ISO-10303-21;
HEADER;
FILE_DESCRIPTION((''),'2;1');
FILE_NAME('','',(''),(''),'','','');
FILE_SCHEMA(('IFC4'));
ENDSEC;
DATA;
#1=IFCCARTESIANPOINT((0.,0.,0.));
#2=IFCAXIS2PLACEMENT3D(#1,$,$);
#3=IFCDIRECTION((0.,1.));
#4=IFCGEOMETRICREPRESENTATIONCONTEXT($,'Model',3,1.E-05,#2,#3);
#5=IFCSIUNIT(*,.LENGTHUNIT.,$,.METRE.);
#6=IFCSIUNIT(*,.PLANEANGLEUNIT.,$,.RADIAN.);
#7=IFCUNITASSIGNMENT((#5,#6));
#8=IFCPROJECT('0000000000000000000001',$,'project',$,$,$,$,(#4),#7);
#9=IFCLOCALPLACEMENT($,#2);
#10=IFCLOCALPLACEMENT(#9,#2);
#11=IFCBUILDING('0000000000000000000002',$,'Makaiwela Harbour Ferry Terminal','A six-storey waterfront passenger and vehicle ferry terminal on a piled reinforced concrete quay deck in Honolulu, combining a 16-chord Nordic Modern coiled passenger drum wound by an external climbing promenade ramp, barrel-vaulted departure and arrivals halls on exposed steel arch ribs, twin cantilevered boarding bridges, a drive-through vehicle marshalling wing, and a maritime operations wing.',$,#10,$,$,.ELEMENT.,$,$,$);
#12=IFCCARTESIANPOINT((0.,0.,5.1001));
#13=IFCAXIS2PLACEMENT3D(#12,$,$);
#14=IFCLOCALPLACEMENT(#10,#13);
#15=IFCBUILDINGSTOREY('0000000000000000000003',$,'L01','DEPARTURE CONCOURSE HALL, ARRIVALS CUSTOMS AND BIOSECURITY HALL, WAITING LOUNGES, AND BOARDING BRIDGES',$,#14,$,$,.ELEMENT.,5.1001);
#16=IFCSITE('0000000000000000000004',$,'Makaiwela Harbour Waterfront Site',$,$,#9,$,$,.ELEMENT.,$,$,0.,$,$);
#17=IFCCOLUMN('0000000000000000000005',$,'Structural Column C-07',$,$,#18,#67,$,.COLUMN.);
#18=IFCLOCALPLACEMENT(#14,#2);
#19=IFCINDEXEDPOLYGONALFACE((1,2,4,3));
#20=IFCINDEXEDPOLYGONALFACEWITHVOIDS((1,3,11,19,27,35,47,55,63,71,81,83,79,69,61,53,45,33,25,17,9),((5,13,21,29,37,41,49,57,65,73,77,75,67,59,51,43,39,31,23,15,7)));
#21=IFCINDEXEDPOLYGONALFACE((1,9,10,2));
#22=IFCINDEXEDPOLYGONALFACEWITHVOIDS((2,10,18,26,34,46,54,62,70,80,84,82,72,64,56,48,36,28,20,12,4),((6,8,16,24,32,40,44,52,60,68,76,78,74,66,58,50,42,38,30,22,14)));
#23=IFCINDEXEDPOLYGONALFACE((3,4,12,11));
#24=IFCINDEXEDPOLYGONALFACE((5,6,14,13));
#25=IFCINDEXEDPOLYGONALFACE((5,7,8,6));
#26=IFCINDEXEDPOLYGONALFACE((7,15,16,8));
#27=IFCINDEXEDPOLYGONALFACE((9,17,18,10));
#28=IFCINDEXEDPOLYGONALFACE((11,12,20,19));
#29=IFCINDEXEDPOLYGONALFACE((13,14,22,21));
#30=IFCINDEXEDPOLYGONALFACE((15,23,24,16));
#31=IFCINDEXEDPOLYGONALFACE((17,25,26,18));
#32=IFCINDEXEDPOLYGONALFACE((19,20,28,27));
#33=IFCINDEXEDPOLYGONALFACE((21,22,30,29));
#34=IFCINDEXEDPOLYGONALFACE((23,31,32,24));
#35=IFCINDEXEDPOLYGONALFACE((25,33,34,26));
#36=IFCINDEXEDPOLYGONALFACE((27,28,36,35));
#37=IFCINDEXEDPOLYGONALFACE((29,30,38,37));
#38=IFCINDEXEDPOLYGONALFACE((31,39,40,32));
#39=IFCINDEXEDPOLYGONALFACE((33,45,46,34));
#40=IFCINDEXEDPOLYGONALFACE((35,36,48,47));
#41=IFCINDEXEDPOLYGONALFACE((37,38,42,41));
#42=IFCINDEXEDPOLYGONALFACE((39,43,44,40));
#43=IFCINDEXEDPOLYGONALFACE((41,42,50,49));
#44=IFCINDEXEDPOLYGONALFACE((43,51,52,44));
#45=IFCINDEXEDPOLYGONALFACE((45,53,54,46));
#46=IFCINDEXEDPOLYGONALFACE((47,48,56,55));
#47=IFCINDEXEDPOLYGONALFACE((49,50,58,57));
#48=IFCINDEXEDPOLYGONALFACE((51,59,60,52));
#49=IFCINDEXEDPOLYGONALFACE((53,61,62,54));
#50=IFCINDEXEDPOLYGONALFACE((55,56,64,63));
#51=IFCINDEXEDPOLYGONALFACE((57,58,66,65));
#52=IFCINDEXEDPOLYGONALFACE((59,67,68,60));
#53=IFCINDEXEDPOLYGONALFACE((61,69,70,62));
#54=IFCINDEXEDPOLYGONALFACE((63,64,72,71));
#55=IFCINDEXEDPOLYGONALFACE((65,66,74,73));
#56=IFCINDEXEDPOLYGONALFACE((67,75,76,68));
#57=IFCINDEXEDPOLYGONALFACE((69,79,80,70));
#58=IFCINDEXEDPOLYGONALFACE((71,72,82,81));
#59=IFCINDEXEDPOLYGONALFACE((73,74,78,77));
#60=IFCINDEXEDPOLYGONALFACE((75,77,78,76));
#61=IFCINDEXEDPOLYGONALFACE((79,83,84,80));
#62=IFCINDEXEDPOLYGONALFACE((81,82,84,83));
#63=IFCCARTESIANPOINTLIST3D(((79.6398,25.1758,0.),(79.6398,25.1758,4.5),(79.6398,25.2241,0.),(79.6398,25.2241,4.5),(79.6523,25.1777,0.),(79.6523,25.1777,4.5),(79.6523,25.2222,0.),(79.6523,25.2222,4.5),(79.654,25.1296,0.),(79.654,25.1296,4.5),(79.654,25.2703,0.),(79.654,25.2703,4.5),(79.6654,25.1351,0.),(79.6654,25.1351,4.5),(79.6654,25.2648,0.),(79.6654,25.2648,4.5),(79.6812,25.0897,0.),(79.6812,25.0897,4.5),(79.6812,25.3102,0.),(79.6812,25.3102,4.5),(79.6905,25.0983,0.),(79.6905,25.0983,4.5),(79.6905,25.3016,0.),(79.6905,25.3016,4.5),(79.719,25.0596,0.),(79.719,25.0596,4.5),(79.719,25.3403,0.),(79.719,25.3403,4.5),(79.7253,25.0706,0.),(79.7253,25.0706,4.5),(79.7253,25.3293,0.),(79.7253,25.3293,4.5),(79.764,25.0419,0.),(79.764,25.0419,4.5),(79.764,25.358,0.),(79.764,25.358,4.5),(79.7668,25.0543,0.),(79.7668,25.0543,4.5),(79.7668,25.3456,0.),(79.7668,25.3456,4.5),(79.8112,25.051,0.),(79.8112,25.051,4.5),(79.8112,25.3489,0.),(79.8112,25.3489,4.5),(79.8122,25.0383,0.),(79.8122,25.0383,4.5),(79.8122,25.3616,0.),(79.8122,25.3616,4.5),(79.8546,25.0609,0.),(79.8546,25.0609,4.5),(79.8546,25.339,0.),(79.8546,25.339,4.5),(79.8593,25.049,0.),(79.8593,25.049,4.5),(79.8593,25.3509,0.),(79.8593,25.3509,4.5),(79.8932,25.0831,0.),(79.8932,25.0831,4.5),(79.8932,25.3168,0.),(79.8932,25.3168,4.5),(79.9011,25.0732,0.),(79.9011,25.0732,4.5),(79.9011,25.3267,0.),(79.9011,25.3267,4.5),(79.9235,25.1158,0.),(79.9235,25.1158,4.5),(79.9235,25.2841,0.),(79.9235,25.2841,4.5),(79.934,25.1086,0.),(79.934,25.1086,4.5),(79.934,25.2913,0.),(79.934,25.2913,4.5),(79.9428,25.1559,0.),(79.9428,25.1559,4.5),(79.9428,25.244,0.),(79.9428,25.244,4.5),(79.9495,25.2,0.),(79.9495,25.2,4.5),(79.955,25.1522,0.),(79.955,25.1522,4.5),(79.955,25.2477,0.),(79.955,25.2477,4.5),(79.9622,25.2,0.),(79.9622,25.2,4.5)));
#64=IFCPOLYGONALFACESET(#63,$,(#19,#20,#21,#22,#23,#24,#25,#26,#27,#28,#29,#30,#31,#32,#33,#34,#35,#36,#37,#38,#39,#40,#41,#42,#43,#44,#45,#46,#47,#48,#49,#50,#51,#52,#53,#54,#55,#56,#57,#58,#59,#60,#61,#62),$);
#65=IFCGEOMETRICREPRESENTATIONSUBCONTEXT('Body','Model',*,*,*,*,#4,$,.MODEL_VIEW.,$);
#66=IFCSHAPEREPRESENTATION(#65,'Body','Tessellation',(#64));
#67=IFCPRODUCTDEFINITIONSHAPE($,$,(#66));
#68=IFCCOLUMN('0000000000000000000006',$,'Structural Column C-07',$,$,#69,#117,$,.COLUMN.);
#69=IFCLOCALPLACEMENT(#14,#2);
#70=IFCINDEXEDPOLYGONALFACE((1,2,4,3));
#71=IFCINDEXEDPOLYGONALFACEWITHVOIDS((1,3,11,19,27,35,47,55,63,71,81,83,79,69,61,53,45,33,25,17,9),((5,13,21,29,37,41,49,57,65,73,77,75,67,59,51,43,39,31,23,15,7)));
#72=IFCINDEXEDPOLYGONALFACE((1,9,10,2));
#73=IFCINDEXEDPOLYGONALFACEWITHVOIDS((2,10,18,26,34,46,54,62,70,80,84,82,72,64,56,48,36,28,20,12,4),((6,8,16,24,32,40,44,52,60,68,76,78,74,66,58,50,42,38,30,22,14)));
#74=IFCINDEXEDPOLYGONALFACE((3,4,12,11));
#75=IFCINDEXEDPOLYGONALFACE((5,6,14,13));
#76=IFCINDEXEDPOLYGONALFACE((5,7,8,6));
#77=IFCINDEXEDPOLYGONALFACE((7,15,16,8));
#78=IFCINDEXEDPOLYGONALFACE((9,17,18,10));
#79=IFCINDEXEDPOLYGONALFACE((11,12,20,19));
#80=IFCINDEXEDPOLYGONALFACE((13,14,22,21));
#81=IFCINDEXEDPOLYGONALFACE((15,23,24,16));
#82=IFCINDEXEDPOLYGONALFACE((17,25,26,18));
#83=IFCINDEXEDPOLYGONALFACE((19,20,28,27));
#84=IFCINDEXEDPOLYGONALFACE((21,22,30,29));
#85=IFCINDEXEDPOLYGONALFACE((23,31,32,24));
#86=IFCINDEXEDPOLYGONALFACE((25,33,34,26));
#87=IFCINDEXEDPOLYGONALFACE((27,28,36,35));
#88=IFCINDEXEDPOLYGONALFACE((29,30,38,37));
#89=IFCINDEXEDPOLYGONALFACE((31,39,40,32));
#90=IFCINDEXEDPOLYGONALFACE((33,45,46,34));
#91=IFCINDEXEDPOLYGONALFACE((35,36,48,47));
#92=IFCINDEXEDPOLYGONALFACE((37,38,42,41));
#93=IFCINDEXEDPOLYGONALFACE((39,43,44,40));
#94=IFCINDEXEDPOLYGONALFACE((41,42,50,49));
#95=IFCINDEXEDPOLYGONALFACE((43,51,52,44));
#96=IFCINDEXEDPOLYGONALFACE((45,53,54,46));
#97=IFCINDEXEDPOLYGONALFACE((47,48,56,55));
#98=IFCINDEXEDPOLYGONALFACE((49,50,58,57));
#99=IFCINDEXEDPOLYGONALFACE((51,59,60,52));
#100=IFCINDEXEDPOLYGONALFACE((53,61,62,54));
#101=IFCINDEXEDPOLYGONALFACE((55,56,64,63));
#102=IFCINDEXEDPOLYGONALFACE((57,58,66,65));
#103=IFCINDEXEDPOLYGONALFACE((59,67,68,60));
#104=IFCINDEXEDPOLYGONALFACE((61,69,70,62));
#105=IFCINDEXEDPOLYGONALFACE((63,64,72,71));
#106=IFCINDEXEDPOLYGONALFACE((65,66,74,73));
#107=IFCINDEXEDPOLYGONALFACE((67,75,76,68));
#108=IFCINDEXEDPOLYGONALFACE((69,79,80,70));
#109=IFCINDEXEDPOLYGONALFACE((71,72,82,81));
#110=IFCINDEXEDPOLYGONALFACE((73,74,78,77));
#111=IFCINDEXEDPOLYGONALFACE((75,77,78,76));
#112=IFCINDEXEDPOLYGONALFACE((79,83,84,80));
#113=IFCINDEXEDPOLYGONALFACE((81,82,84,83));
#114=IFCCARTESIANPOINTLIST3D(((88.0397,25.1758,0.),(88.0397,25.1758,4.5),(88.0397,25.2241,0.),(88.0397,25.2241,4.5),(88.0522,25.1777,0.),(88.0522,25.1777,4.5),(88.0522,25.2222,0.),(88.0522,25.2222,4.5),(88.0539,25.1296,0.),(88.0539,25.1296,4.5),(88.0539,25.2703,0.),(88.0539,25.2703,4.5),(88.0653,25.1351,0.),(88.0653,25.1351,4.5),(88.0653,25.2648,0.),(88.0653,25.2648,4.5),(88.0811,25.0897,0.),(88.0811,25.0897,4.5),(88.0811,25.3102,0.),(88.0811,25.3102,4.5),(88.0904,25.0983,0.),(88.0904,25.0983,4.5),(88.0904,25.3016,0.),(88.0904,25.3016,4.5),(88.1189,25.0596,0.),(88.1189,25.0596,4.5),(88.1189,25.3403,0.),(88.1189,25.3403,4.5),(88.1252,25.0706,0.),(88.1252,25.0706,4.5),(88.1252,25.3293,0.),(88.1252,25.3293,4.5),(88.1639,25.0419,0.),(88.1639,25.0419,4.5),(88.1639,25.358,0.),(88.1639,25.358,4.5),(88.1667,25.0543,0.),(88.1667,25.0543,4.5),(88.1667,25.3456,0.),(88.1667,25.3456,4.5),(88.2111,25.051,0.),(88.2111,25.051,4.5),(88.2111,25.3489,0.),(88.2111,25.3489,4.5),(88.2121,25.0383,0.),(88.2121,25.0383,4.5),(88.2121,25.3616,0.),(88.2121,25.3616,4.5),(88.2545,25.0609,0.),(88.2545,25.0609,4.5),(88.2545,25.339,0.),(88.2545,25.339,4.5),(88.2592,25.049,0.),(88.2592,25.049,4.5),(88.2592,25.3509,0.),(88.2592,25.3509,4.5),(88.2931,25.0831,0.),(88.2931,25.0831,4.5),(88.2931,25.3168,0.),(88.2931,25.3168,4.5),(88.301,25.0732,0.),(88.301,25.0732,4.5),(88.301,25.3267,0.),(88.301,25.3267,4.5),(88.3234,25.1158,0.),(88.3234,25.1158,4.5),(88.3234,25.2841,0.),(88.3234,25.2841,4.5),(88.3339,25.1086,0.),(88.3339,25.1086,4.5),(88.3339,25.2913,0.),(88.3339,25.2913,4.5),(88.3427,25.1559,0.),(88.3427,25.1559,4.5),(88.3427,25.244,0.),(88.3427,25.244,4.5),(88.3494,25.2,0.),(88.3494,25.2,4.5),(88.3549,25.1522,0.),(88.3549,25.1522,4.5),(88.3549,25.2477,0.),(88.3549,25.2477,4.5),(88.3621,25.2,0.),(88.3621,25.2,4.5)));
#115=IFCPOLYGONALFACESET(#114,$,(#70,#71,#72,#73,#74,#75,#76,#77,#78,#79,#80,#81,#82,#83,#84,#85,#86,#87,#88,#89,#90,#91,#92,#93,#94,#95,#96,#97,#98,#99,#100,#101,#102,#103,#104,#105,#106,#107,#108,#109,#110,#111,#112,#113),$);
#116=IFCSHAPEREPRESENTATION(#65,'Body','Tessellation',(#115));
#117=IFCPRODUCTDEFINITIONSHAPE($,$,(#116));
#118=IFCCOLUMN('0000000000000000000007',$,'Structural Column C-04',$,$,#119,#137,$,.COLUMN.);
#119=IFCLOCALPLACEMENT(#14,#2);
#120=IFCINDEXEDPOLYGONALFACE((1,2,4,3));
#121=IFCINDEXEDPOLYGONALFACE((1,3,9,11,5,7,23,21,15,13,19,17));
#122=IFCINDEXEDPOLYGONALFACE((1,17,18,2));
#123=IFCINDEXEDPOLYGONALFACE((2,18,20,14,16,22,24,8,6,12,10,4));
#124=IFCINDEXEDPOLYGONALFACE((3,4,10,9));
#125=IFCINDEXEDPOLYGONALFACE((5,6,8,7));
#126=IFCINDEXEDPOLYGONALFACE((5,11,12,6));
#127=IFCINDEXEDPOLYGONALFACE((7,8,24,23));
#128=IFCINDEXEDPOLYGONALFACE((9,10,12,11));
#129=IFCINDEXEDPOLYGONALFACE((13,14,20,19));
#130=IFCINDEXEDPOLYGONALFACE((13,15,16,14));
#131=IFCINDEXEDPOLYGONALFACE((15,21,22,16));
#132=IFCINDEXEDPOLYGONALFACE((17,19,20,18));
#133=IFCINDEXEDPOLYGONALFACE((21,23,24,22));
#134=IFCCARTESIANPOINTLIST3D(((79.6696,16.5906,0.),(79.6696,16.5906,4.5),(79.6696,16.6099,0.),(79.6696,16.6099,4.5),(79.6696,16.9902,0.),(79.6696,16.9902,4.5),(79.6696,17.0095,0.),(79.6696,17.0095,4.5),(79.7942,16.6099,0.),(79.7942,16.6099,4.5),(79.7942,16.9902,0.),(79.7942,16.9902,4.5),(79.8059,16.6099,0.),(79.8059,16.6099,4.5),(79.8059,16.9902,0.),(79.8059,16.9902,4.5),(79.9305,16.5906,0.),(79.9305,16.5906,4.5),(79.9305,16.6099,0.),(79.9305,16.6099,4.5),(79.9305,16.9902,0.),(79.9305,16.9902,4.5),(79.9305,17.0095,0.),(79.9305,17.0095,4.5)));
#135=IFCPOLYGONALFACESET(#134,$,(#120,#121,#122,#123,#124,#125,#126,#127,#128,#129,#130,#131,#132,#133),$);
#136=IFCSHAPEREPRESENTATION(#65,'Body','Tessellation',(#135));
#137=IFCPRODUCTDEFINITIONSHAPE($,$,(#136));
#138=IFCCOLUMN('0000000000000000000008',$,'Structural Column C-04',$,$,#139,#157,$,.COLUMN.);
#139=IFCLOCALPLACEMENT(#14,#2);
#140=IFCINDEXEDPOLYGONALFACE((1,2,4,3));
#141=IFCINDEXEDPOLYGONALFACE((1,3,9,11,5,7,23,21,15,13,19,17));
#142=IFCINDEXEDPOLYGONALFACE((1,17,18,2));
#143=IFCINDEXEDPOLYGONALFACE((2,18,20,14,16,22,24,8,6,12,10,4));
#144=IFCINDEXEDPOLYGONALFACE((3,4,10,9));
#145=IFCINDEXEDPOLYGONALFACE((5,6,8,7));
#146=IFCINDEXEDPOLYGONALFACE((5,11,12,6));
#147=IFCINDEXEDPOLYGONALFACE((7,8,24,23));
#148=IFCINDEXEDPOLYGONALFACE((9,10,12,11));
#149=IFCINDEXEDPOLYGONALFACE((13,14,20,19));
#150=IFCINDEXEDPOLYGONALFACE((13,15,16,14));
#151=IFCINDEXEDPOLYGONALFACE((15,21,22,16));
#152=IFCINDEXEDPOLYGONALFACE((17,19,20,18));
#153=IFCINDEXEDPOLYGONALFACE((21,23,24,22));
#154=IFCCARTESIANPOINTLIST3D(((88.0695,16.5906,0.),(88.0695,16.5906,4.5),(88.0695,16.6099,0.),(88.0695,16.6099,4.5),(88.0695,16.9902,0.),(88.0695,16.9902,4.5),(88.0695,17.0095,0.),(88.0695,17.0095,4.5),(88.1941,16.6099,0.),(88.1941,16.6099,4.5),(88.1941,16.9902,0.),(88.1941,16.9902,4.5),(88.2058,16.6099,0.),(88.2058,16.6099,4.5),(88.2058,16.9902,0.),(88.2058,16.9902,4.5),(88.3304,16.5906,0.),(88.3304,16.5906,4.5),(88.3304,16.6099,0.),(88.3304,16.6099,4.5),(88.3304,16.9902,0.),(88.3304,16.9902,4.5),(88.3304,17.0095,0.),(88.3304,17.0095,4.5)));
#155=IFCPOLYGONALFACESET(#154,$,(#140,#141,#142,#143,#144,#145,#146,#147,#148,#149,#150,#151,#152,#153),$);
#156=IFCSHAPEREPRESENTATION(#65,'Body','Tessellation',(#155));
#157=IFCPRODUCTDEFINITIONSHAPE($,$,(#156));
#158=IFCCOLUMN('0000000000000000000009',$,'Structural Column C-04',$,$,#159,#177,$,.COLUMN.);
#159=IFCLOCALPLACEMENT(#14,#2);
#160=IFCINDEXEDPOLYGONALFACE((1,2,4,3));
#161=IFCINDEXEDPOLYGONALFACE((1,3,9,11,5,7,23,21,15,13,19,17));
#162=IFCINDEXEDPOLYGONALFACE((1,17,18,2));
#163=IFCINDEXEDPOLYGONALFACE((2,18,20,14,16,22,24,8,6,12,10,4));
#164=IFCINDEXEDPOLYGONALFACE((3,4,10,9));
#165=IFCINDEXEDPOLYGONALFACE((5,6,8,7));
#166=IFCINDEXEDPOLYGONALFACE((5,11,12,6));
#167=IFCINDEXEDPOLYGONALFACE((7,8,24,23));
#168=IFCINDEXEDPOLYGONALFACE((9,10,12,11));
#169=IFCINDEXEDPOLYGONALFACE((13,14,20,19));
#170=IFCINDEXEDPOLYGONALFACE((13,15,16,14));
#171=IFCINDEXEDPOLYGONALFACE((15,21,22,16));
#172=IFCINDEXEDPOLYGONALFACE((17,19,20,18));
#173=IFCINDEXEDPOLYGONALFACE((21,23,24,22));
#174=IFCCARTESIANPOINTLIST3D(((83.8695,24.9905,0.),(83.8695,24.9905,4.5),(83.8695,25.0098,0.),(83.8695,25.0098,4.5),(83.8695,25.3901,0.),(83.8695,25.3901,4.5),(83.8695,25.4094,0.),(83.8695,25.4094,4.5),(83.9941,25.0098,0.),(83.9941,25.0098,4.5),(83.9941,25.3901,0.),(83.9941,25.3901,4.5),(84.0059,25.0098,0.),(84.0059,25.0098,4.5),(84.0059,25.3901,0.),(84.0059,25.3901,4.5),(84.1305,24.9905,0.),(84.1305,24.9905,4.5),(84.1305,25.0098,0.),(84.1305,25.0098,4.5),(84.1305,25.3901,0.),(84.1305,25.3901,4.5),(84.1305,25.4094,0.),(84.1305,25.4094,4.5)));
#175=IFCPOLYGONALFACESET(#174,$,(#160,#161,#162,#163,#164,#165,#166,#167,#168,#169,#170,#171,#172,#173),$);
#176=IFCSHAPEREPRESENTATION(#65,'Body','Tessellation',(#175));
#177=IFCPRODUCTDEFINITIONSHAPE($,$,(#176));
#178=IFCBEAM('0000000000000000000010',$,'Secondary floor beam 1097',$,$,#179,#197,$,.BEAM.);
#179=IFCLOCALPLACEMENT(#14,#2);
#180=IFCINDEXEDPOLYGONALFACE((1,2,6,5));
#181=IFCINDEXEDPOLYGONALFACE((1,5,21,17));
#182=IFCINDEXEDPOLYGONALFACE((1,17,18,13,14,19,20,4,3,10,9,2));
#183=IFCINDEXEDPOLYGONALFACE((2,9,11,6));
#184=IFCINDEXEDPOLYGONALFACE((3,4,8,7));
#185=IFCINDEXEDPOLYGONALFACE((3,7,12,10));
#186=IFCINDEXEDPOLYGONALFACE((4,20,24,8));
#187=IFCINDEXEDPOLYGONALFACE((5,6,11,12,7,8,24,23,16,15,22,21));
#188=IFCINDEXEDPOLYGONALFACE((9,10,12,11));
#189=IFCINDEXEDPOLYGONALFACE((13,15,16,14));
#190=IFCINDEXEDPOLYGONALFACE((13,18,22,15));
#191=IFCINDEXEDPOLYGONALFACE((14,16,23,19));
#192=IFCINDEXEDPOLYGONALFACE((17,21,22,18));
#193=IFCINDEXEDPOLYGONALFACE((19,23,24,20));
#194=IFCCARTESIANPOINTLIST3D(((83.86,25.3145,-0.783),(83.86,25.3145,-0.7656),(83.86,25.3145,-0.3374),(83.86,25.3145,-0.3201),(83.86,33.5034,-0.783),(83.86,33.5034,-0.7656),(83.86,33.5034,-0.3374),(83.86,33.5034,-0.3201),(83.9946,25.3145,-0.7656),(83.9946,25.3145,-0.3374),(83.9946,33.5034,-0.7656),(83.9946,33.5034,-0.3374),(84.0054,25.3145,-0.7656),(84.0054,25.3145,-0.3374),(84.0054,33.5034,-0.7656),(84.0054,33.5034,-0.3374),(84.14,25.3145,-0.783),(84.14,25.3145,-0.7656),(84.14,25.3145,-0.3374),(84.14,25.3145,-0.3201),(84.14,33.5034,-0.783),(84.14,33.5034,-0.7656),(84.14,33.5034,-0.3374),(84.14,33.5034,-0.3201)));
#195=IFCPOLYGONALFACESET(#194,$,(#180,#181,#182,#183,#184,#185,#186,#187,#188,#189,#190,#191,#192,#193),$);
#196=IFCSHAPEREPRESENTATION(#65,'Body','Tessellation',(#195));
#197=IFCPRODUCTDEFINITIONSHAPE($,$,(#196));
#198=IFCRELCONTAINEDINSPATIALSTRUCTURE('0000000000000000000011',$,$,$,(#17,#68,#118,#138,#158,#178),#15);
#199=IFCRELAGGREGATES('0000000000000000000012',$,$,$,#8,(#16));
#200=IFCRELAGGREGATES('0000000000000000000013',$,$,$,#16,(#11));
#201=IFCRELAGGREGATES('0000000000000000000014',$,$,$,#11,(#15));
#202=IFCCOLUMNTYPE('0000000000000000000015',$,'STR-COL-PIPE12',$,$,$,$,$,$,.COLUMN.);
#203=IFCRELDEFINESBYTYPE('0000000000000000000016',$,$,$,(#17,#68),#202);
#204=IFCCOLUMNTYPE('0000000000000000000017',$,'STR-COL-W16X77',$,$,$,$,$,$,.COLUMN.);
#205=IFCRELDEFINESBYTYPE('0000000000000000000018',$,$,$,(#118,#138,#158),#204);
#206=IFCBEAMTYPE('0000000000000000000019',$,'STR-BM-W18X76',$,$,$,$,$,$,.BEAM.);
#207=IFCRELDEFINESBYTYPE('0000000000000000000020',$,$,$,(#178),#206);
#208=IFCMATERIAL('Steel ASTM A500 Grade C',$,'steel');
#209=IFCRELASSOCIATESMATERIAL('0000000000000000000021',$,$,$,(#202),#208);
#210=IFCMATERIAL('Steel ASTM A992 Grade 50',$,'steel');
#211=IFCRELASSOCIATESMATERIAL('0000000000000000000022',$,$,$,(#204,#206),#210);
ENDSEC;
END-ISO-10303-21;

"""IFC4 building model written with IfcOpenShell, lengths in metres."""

from ifc_helpers import new_model, si_unit, direction, frame, origin, origin_2d, place, context, subcontext, project, spatial, hollow_circle, i_section, extrude, material, material_profile, profile_set, type_object, element, save


model = new_model("IFC4")

# Units and contexts
model_context = context("Model", 3, precision=1e-05, world=origin(), true_north=direction((0.0, 1.0)))
body_context = subcontext(model_context, "Body", "Model", "MODEL_VIEW")
ifc_project = project(units=[si_unit("LENGTHUNIT", "METRE"), si_unit("PLANEANGLEUNIT", "RADIAN")], contexts=[model_context])

# Site, building, storey
site_placement = place(None, origin())
site = spatial("IfcSite", under=ifc_project, at=site_placement, Name="Makaiwela Harbour Waterfront Site", CompositionType="ELEMENT", RefElevation=0.0)
building_placement = place(site_placement, origin())
building = spatial("IfcBuilding", under=site, at=building_placement, Name="Makaiwela Harbour Ferry Terminal", Description="A six-storey waterfront passenger and vehicle ferry terminal on a piled reinforced concrete quay deck in Honolulu, combining a 16-chord Nordic Modern coiled passenger drum wound by an external climbing promenade ramp, barrel-vaulted departure and arrivals halls on exposed steel arch ribs, twin cantilevered boarding bridges, a drive-through vehicle marshalling wing, and a maritime operations wing.", CompositionType="ELEMENT")
storey_placement = place(building_placement, frame((0.0, 0.0, 5.1001)))
storey = spatial("IfcBuildingStorey", under=building, at=storey_placement, Name="L01", Description="DEPARTURE CONCOURSE HALL, ARRIVALS CUSTOMS AND BIOSECURITY HALL, WAITING LOUNGES, AND BOARDING BRIDGES", CompositionType="ELEMENT", Elevation=5.1001)

# Columns
ifc_material_1 = material(Name="Steel ASTM A500 Grade C", Category="steel")
ifc_material_profile_1 = material_profile(ifc_material_1, hollow_circle(Radius=0.1621, WallThickness=0.0127, at=origin_2d()), Name="PIPE12XS")
ifc_profile_set_1 = profile_set([ifc_material_profile_1], Name="Steel ASTM A500 Grade C")
column_type_1 = type_object("IfcColumnType", Name="STR-COL-PIPE12", PredefinedType="COLUMN", material=ifc_profile_set_1)
for number, where, z_axis, x_axis, name in (
    (1, (79.8, 25.2, 0.0), (0.0, 0.0, 1.0), (1.0, 0.0, 0.0), "Structural Column C-07"),
    (2, (88.2, 25.2, 0.0), (0.0, 0.0, 1.0), (1.0, 0.0, 0.0), "Structural Column C-07"),
):
    element("IfcColumn", number, at=place(storey_placement, frame(where, z_axis=z_axis, x_axis=x_axis)), inside=storey, type_object=column_type_1, Name=name, PredefinedType="COLUMN", context=body_context, shape_type="SweptSolid", body=[
        extrude(hollow_circle(Radius=0.1621, WallThickness=0.0127, at=origin_2d()), origin(), (0.0, 0.0, 1.0), 4.5),
    ])
ifc_material_2 = material(Name="Steel ASTM A992 Grade 50", Category="steel")
ifc_material_profile_2 = material_profile(ifc_material_2, i_section(OverallWidth=0.261, OverallDepth=0.4189, WebThickness=0.0117, FlangeThickness=0.0193, at=origin_2d()), Name="W16X77")
ifc_profile_set_2 = profile_set([ifc_material_profile_2], Name="Steel ASTM A992 Grade 50")
column_type_2 = type_object("IfcColumnType", Name="STR-COL-W16X77", PredefinedType="COLUMN", material=ifc_profile_set_2)
for number, where, z_axis, x_axis, name in (
    (3, (79.8, 16.8, 0.0), (0.0, 0.0, 1.0), (1.0, 0.0, 0.0), "Structural Column C-04"),
    (4, (88.2, 16.8, 0.0), (0.0, 0.0, 1.0), (1.0, 0.0, 0.0), "Structural Column C-04"),
    (5, (84.0, 25.2, 0.0), (0.0, 0.0, 1.0), (1.0, 0.0, 0.0), "Structural Column C-04"),
):
    element("IfcColumn", number, at=place(storey_placement, frame(where, z_axis=z_axis, x_axis=x_axis)), inside=storey, type_object=column_type_2, Name=name, PredefinedType="COLUMN", context=body_context, shape_type="SweptSolid", body=[
        extrude(i_section(OverallWidth=0.261, OverallDepth=0.4189, WebThickness=0.0117, FlangeThickness=0.0193, at=origin_2d()), origin(), (0.0, 0.0, 1.0), 4.5),
    ])

# Beam
ifc_material_profile_3 = material_profile(ifc_material_2, i_section(OverallWidth=0.28, OverallDepth=0.4629, WebThickness=0.0107, FlangeThickness=0.0173, at=origin_2d()), Name="W18X76")
ifc_profile_set_3 = profile_set([ifc_material_profile_3], Name="Steel ASTM A992 Grade 50")
beam_type_1 = type_object("IfcBeamType", Name="STR-BM-W18X76", PredefinedType="BEAM", material=ifc_profile_set_3)
for number, where, z_axis, x_axis, name in (
    (6, (84.0, 25.3145, -0.5515), (0.0, 1.0, 0.0), (-1.0, 0.0, 0.0), "Secondary floor beam 1097"),
):
    element("IfcBeam", number, at=place(storey_placement, frame(where, z_axis=z_axis, x_axis=x_axis)), inside=storey, type_object=beam_type_1, Name=name, PredefinedType="BEAM", context=body_context, shape_type="SweptSolid", body=[
        extrude(i_section(OverallWidth=0.28, OverallDepth=0.4629, WebThickness=0.0107, FlangeThickness=0.0173, at=origin_2d()), origin(), (0.0, 0.0, 1.0), 8.189),
    ])

save(model, "model.ifc")
